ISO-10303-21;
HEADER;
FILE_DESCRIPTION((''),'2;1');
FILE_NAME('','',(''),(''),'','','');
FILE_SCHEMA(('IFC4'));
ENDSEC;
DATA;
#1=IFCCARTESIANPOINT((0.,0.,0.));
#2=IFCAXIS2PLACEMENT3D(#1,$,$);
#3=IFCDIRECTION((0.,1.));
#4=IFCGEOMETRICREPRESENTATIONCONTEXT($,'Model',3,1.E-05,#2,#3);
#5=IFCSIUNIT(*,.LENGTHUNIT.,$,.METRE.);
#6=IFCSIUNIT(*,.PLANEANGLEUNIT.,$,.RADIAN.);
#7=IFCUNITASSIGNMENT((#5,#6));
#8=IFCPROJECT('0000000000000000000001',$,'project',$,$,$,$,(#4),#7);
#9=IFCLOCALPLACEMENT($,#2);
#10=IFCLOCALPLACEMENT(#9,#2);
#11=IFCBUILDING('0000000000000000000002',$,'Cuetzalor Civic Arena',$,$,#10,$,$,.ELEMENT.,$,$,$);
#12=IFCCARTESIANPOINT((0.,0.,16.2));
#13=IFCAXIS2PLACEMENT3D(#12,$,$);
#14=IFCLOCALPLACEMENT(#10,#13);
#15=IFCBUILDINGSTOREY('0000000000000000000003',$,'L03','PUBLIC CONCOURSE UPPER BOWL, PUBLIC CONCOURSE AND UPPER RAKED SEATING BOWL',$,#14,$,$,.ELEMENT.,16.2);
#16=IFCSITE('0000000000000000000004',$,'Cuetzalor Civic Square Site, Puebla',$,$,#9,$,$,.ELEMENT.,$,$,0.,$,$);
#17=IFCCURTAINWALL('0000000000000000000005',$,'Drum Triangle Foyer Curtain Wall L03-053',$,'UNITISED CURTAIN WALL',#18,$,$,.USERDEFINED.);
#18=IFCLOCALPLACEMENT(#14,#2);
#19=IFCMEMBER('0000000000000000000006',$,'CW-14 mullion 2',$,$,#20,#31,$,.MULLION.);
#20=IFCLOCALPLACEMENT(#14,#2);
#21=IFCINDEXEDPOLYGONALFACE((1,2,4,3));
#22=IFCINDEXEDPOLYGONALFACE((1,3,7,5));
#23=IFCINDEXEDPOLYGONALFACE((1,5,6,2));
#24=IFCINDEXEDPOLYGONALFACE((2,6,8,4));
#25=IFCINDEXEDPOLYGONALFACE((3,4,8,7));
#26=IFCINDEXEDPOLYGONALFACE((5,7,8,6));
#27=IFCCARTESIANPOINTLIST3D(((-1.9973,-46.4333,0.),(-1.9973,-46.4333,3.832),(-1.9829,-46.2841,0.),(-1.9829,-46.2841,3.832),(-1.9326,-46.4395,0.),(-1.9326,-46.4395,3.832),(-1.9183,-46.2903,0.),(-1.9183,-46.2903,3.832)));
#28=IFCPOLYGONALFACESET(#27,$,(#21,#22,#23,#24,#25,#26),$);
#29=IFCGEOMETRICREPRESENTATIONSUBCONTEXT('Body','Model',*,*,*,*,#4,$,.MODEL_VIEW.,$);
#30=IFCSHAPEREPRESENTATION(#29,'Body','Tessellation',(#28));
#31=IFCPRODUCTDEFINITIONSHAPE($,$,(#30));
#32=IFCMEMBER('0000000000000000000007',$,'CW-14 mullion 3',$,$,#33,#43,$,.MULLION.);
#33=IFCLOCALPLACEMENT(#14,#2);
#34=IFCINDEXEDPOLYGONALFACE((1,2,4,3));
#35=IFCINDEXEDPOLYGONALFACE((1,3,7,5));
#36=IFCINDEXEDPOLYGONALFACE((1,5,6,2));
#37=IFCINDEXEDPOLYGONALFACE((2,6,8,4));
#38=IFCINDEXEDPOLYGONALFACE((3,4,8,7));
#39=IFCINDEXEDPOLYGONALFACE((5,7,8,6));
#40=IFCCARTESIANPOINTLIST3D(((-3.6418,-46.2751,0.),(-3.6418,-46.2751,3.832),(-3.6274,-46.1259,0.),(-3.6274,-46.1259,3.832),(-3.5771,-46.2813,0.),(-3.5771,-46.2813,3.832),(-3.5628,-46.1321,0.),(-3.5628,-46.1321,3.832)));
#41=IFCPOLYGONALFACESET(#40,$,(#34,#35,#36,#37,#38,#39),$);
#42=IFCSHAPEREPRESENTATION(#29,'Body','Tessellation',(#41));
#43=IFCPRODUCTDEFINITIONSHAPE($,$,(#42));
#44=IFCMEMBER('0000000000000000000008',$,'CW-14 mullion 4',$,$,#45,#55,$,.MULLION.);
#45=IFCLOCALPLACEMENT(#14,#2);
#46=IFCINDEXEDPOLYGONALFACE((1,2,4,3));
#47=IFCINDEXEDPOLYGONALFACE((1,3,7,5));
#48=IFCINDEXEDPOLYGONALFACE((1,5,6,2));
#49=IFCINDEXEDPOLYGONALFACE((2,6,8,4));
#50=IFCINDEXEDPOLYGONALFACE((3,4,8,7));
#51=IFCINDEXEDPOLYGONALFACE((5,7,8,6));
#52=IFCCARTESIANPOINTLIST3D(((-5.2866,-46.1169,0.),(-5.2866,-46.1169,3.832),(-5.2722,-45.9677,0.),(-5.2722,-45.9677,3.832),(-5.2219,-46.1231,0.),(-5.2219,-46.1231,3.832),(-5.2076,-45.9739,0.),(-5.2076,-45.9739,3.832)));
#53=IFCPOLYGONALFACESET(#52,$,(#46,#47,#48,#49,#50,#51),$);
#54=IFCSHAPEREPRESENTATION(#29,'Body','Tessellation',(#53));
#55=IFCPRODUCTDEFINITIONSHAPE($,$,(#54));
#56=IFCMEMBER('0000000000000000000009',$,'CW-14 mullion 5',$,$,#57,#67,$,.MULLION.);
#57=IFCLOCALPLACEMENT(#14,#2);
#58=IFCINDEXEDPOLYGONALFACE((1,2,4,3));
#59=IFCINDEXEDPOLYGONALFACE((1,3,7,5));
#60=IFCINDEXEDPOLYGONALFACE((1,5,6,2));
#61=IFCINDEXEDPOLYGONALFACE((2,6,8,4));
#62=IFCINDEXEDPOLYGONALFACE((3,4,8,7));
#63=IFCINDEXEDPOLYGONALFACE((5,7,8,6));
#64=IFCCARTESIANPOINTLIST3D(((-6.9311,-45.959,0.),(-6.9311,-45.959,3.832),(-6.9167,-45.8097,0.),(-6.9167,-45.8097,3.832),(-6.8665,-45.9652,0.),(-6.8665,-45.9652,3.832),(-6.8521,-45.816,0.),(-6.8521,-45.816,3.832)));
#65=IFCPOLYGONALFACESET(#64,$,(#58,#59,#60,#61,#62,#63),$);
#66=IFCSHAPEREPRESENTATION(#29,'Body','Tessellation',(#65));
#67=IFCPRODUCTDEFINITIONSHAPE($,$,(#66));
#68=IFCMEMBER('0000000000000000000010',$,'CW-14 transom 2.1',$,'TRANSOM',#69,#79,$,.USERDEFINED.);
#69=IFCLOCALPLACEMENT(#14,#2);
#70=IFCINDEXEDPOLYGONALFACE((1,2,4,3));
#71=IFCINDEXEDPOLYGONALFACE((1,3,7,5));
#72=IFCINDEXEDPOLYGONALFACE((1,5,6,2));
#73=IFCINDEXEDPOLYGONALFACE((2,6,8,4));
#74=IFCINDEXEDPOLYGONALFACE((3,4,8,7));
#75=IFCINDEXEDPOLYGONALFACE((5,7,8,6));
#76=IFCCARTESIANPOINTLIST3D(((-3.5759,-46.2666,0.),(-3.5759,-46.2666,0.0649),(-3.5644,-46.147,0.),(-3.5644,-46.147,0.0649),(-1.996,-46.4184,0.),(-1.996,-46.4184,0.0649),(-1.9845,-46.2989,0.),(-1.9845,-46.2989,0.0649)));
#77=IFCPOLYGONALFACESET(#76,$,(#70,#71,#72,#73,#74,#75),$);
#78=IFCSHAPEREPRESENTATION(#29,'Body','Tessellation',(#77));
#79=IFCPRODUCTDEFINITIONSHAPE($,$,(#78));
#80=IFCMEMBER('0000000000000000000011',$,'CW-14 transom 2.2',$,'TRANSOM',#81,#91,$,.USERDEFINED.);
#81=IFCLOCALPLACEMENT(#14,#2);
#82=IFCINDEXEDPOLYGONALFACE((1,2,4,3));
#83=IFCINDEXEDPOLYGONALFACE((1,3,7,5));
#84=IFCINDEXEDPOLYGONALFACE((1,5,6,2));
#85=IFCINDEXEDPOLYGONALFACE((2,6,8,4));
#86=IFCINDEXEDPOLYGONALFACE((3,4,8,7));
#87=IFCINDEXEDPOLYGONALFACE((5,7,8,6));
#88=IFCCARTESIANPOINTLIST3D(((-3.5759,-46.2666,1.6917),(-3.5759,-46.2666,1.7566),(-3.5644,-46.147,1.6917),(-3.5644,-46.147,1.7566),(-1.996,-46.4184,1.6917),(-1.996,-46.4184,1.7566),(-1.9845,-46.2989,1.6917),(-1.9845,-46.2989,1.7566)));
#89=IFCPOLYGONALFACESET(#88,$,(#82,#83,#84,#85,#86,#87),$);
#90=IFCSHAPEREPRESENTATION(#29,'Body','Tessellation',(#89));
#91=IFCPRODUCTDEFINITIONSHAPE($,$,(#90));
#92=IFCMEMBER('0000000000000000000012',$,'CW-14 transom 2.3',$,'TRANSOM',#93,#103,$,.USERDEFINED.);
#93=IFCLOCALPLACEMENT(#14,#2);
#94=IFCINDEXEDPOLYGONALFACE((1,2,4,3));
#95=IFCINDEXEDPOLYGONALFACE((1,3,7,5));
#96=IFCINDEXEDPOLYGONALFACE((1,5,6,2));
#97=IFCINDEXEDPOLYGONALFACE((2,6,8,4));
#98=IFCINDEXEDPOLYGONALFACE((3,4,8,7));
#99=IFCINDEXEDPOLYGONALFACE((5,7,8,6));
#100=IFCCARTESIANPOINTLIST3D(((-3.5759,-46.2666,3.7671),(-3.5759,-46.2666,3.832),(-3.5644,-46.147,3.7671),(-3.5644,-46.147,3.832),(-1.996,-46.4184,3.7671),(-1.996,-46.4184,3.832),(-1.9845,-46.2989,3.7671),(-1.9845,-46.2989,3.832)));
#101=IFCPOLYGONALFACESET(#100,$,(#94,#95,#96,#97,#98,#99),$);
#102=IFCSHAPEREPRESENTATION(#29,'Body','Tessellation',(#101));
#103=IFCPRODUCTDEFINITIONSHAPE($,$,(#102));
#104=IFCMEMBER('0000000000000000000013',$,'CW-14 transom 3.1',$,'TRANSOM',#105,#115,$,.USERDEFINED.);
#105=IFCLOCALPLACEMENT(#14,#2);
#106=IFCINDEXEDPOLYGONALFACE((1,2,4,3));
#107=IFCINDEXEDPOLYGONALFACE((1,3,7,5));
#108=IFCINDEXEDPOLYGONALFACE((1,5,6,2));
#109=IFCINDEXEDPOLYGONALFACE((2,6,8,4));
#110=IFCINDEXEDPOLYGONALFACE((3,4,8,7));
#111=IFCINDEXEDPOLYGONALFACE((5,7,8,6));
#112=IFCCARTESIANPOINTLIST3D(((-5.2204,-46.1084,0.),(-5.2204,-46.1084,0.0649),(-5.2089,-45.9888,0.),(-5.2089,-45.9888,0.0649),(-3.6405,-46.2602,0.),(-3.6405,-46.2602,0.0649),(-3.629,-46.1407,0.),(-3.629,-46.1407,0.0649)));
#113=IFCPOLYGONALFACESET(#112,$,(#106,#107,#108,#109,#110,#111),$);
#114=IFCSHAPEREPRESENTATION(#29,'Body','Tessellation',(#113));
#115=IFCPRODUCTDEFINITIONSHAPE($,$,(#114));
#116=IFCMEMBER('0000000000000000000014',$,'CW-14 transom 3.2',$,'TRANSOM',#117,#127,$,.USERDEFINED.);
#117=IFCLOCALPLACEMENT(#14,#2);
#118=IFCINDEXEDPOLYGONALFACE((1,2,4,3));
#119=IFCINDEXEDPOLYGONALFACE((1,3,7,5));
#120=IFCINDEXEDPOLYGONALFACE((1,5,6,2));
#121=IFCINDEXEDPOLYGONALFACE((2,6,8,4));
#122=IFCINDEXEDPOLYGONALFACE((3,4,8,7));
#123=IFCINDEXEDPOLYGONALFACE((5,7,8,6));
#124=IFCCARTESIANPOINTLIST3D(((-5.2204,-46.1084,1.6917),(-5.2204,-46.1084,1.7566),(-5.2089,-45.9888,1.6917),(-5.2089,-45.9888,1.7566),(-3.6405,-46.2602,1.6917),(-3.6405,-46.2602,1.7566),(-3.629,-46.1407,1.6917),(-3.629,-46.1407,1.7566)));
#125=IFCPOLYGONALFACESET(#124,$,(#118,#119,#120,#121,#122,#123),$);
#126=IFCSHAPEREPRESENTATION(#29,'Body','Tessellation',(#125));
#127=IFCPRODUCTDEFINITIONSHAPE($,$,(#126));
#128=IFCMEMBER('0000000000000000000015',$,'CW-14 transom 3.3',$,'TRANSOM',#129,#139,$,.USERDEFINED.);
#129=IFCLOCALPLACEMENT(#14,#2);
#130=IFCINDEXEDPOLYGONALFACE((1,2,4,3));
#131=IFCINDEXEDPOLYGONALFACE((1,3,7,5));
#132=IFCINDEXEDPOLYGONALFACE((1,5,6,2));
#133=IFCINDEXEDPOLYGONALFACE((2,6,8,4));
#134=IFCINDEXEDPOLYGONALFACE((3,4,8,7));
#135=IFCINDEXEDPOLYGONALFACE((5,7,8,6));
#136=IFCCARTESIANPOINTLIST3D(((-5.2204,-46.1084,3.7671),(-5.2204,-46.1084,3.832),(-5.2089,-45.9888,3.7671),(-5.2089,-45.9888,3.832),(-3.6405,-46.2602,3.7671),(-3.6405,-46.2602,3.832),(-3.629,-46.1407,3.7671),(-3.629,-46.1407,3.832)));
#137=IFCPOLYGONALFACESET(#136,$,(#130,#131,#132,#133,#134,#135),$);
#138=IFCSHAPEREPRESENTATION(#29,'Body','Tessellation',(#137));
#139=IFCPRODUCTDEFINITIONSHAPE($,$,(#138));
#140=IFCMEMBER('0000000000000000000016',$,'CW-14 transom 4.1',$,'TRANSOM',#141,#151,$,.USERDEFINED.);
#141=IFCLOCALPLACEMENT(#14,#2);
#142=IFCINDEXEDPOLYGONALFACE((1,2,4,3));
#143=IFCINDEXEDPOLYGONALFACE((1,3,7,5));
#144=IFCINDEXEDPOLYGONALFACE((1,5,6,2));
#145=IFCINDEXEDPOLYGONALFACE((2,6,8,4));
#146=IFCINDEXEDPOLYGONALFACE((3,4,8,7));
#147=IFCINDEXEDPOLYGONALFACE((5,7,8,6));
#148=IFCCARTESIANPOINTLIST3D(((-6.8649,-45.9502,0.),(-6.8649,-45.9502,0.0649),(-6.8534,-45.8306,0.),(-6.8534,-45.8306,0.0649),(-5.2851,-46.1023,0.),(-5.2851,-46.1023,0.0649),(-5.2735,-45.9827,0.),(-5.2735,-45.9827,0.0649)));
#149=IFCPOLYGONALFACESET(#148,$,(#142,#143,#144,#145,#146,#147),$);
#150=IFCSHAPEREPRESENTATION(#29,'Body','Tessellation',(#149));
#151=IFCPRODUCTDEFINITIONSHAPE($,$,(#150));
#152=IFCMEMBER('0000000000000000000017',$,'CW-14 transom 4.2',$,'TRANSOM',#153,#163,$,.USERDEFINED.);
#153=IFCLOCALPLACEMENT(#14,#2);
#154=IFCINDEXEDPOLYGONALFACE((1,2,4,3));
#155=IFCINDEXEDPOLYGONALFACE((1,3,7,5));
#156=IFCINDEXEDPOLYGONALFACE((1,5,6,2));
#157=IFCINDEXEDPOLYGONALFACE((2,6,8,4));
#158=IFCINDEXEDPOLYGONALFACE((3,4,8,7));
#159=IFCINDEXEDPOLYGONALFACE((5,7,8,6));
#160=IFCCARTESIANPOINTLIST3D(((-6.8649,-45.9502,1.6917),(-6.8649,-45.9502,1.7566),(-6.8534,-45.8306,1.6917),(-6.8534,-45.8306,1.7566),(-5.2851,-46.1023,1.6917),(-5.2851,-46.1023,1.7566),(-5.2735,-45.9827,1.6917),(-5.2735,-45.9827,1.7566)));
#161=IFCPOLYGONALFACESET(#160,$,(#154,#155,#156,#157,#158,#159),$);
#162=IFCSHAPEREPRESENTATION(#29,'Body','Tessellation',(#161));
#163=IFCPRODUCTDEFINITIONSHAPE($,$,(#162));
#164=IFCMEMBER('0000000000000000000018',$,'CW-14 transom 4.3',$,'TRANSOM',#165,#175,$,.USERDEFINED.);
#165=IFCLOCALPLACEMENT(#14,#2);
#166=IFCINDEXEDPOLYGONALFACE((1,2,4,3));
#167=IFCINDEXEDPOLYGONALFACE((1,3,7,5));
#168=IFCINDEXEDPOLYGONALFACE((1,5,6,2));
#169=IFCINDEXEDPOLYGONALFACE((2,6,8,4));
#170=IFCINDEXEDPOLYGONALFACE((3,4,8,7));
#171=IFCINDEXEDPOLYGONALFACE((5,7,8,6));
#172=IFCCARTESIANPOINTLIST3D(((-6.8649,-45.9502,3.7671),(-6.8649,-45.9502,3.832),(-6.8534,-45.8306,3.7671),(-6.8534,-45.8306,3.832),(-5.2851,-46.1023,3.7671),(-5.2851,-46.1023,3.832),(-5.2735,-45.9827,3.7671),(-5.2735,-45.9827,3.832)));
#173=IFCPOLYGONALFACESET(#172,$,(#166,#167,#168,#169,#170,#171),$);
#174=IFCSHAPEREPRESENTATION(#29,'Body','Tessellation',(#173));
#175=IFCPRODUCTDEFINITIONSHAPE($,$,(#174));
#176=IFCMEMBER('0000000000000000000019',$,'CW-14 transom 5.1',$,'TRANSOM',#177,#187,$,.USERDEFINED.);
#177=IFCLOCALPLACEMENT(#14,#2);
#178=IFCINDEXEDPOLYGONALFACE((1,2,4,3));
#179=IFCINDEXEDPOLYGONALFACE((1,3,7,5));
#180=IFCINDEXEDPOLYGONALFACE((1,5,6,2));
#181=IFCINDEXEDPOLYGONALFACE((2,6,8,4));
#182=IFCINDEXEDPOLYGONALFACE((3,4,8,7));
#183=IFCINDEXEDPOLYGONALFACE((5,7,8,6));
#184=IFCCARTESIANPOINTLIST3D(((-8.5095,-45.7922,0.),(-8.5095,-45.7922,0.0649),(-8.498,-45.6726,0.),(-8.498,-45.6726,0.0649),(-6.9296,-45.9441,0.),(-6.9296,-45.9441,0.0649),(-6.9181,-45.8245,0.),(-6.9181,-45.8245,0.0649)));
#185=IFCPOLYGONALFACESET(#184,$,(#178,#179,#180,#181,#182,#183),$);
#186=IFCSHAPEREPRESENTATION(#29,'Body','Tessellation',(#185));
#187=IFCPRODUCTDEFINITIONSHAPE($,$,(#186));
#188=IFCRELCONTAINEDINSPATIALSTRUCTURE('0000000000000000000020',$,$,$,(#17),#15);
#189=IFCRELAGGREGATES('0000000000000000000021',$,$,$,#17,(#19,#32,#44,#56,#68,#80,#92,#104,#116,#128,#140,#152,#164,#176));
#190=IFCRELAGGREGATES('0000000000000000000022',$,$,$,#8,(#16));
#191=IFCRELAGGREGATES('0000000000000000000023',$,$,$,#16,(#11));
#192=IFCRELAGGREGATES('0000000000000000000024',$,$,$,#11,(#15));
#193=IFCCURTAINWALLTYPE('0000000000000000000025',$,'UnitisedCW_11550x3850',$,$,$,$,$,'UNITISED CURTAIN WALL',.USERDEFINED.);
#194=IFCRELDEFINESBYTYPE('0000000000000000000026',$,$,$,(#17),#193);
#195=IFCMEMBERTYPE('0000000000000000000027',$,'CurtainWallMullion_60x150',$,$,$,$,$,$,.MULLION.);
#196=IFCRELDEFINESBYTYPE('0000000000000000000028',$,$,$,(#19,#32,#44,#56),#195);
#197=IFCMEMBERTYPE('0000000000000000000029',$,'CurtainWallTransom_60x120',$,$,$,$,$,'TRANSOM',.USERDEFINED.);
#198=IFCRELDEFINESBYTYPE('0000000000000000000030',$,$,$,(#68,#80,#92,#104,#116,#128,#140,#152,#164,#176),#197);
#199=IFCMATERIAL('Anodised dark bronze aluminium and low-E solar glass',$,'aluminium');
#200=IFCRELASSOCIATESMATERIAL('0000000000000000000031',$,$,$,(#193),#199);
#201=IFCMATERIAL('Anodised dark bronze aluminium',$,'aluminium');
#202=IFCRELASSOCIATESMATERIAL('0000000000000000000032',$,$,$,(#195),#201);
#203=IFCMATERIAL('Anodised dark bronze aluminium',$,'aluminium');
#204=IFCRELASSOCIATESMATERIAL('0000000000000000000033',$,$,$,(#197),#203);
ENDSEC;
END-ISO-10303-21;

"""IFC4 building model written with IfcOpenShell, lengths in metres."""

from ifc_helpers import new_model, si_unit, direction, frame, origin, origin_2d, place, context, subcontext, project, spatial, rectangle, extrude, material, material_profile, profile_set, type_object, element, aggregate, save


model = new_model("IFC4")

# Units and contexts
model_context = context("Model", 3, precision=1e-05, world=origin(), true_north=direction((0.0, 1.0)))
body_context = subcontext(model_context, "Body", "Model", "MODEL_VIEW")
ifc_project = project(units=[si_unit("LENGTHUNIT", "METRE"), si_unit("PLANEANGLEUNIT", "RADIAN")], contexts=[model_context])

# Site, building, storey
site_placement = place(None, origin())
site = spatial("IfcSite", under=ifc_project, at=site_placement, Name="Cuetzalor Civic Square Site, Puebla", CompositionType="ELEMENT", RefElevation=0.0)
building_placement = place(site_placement, origin())
building = spatial("IfcBuilding", under=site, at=building_placement, Name="Cuetzalor Civic Arena", CompositionType="ELEMENT")
storey_placement = place(building_placement, frame((0.0, 0.0, 16.2)))
storey = spatial("IfcBuildingStorey", under=building, at=storey_placement, Name="L03", Description="PUBLIC CONCOURSE UPPER BOWL, PUBLIC CONCOURSE AND UPPER RAKED SEATING BOWL", CompositionType="ELEMENT", Elevation=16.2)

# Curtain wall, members
ifc_material_1 = material(Name="Anodised dark bronze aluminium and low-E solar glass", Category="aluminium")
curtain_wall_type = type_object("IfcCurtainWallType", Name="UnitisedCW_11550x3850", ElementType="UNITISED CURTAIN WALL", PredefinedType="USERDEFINED", material=ifc_material_1)
curtain_wall_placement = place(storey_placement, origin())
curtain_wall = element("IfcCurtainWall", 1, at=curtain_wall_placement, inside=storey, type_object=curtain_wall_type, Name="Drum Triangle Foyer Curtain Wall L03-053", ObjectType="UNITISED CURTAIN WALL", PredefinedType="USERDEFINED")
ifc_material_2 = material(Name="Anodised dark bronze aluminium", Category="aluminium")
ifc_material_profile_1 = material_profile(ifc_material_2, rectangle(XDim=0.0649, YDim=0.1499, at=origin_2d()), Name="ALU MULLION 65x150")
ifc_profile_set_1 = profile_set([ifc_material_profile_1], Name="Anodised dark bronze aluminium")
member_type_1 = type_object("IfcMemberType", Name="CurtainWallMullion_60x150", PredefinedType="MULLION", material=ifc_profile_set_1)
member_1_placement = place(storey_placement, frame((-1.9578, -46.3618, 0.0), z_axis=(0.0, 0.0, 1.0), x_axis=(-0.995409, 0.095711, 0.0)))
member_1 = element("IfcMember", 2, at=member_1_placement, type_object=member_type_1, Name="CW-14 mullion 2", PredefinedType="MULLION", context=body_context, shape_type="SweptSolid", body=[
    extrude(rectangle(XDim=0.0649, YDim=0.1499, at=origin_2d()), origin(), (0.0, 0.0, 1.0), 3.832),
])
member_2_placement = place(storey_placement, frame((-3.6023, -46.2036, 0.0), z_axis=(0.0, 0.0, 1.0), x_axis=(-0.995409, 0.095711, 0.0)))
member_2 = element("IfcMember", 3, at=member_2_placement, type_object=member_type_1, Name="CW-14 mullion 3", PredefinedType="MULLION", context=body_context, shape_type="SweptSolid", body=[
    extrude(rectangle(XDim=0.0649, YDim=0.1499, at=origin_2d()), origin(), (0.0, 0.0, 1.0), 3.832),
])
member_3_placement = place(storey_placement, frame((-5.2471, -46.0454, 0.0), z_axis=(0.0, 0.0, 1.0), x_axis=(-0.995409, 0.095711, 0.0)))
member_3 = element("IfcMember", 4, at=member_3_placement, type_object=member_type_1, Name="CW-14 mullion 4", PredefinedType="MULLION", context=body_context, shape_type="SweptSolid", body=[
    extrude(rectangle(XDim=0.0649, YDim=0.1499, at=origin_2d()), origin(), (0.0, 0.0, 1.0), 3.832),
])
member_4_placement = place(storey_placement, frame((-6.8916, -45.8875, 0.0), z_axis=(0.0, 0.0, 1.0), x_axis=(-0.995409, 0.095711, 0.0)))
member_4 = element("IfcMember", 5, at=member_4_placement, type_object=member_type_1, Name="CW-14 mullion 5", PredefinedType="MULLION", context=body_context, shape_type="SweptSolid", body=[
    extrude(rectangle(XDim=0.0649, YDim=0.1499, at=origin_2d()), origin(), (0.0, 0.0, 1.0), 3.832),
])
ifc_material_3 = material(Name="Anodised dark bronze aluminium", Category="aluminium")
ifc_material_profile_2 = material_profile(ifc_material_3, rectangle(XDim=0.1201, YDim=0.0649, at=origin_2d()), Name="ALU TRANSOM 65x120")
ifc_profile_set_2 = profile_set([ifc_material_profile_2], Name="Anodised dark bronze aluminium")
member_type_2 = type_object("IfcMemberType", Name="CurtainWallTransom_60x120", ElementType="TRANSOM", PredefinedType="USERDEFINED", material=ifc_profile_set_2)
member_5_placement = place(storey_placement, frame((-1.9902, -46.3586, 0.0325), z_axis=(-0.995412, 0.09568, 0.0), x_axis=(-0.09568, -0.995412, 0.0)))
member_5 = element("IfcMember", 6, at=member_5_placement, type_object=member_type_2, Name="CW-14 transom 2.1", ObjectType="TRANSOM", PredefinedType="USERDEFINED", context=body_context, shape_type="SweptSolid", body=[
    extrude(rectangle(XDim=0.1201, YDim=0.0649, at=origin_2d()), origin(), (0.0, 0.0, 1.0), 1.5872),
])
member_6_placement = place(storey_placement, frame((-1.9902, -46.3586, 1.7241), z_axis=(-0.995412, 0.09568, 0.0), x_axis=(-0.09568, -0.995412, 0.0)))
member_6 = element("IfcMember", 7, at=member_6_placement, type_object=member_type_2, Name="CW-14 transom 2.2", ObjectType="TRANSOM", PredefinedType="USERDEFINED", context=body_context, shape_type="SweptSolid", body=[
    extrude(rectangle(XDim=0.1201, YDim=0.0649, at=origin_2d()), origin(), (0.0, 0.0, 1.0), 1.5872),
])
member_7_placement = place(storey_placement, frame((-1.9902, -46.3586, 3.7996), z_axis=(-0.995412, 0.09568, 0.0), x_axis=(-0.09568, -0.995412, 0.0)))
member_7 = element("IfcMember", 8, at=member_7_placement, type_object=member_type_2, Name="CW-14 transom 2.3", ObjectType="TRANSOM", PredefinedType="USERDEFINED", context=body_context, shape_type="SweptSolid", body=[
    extrude(rectangle(XDim=0.1201, YDim=0.0649, at=origin_2d()), origin(), (0.0, 0.0, 1.0), 1.5872),
])
member_8_placement = place(storey_placement, frame((-3.6348, -46.2004, 0.0325), z_axis=(-0.995412, 0.09568, 0.0), x_axis=(-0.09568, -0.995412, 0.0)))
member_8 = element("IfcMember", 9, at=member_8_placement, type_object=member_type_2, Name="CW-14 transom 3.1", ObjectType="TRANSOM", PredefinedType="USERDEFINED", context=body_context, shape_type="SweptSolid", body=[
    extrude(rectangle(XDim=0.1201, YDim=0.0649, at=origin_2d()), origin(), (0.0, 0.0, 1.0), 1.5872),
])
member_9_placement = place(storey_placement, frame((-3.6348, -46.2004, 1.7241), z_axis=(-0.995412, 0.09568, 0.0), x_axis=(-0.09568, -0.995412, 0.0)))
member_9 = element("IfcMember", 10, at=member_9_placement, type_object=member_type_2, Name="CW-14 transom 3.2", ObjectType="TRANSOM", PredefinedType="USERDEFINED", context=body_context, shape_type="SweptSolid", body=[
    extrude(rectangle(XDim=0.1201, YDim=0.0649, at=origin_2d()), origin(), (0.0, 0.0, 1.0), 1.5872),
])
member_10_placement = place(storey_placement, frame((-3.6348, -46.2004, 3.7996), z_axis=(-0.995412, 0.09568, 0.0), x_axis=(-0.09568, -0.995412, 0.0)))
member_10 = element("IfcMember", 11, at=member_10_placement, type_object=member_type_2, Name="CW-14 transom 3.3", ObjectType="TRANSOM", PredefinedType="USERDEFINED", context=body_context, shape_type="SweptSolid", body=[
    extrude(rectangle(XDim=0.1201, YDim=0.0649, at=origin_2d()), origin(), (0.0, 0.0, 1.0), 1.5872),
])
member_11_placement = place(storey_placement, frame((-5.2793, -46.0425, 0.0325), z_axis=(-0.995397, 0.095833, 0.0), x_axis=(-0.095833, -0.995397, 0.0)))
member_11 = element("IfcMember", 12, at=member_11_placement, type_object=member_type_2, Name="CW-14 transom 4.1", ObjectType="TRANSOM", PredefinedType="USERDEFINED", context=body_context, shape_type="SweptSolid", body=[
    extrude(rectangle(XDim=0.1201, YDim=0.0649, at=origin_2d()), origin(), (0.0, 0.0, 1.0), 1.5872),
])
member_12_placement = place(storey_placement, frame((-5.2793, -46.0425, 1.7241), z_axis=(-0.995397, 0.095833, 0.0), x_axis=(-0.095833, -0.995397, 0.0)))
member_12 = element("IfcMember", 13, at=member_12_placement, type_object=member_type_2, Name="CW-14 transom 4.2", ObjectType="TRANSOM", PredefinedType="USERDEFINED", context=body_context, shape_type="SweptSolid", body=[
    extrude(rectangle(XDim=0.1201, YDim=0.0649, at=origin_2d()), origin(), (0.0, 0.0, 1.0), 1.5872),
])
member_13_placement = place(storey_placement, frame((-5.2793, -46.0425, 3.7996), z_axis=(-0.995397, 0.095833, 0.0), x_axis=(-0.095833, -0.995397, 0.0)))
member_13 = element("IfcMember", 14, at=member_13_placement, type_object=member_type_2, Name="CW-14 transom 4.3", ObjectType="TRANSOM", PredefinedType="USERDEFINED", context=body_context, shape_type="SweptSolid", body=[
    extrude(rectangle(XDim=0.1201, YDim=0.0649, at=origin_2d()), origin(), (0.0, 0.0, 1.0), 1.5872),
])
member_14_placement = place(storey_placement, frame((-6.9238, -45.8843, 0.0325), z_axis=(-0.995412, 0.09568, 0.0), x_axis=(-0.09568, -0.995412, 0.0)))
member_14 = element("IfcMember", 15, at=member_14_placement, type_object=member_type_2, Name="CW-14 transom 5.1", ObjectType="TRANSOM", PredefinedType="USERDEFINED", context=body_context, shape_type="SweptSolid", body=[
    extrude(rectangle(XDim=0.1201, YDim=0.0649, at=origin_2d()), origin(), (0.0, 0.0, 1.0), 1.5872),
])
aggregate(curtain_wall, [member_1, member_2, member_3, member_4, member_5, member_6, member_7, member_8, member_9, member_10, member_11, member_12, member_13, member_14])

save(model, "model.ifc")
